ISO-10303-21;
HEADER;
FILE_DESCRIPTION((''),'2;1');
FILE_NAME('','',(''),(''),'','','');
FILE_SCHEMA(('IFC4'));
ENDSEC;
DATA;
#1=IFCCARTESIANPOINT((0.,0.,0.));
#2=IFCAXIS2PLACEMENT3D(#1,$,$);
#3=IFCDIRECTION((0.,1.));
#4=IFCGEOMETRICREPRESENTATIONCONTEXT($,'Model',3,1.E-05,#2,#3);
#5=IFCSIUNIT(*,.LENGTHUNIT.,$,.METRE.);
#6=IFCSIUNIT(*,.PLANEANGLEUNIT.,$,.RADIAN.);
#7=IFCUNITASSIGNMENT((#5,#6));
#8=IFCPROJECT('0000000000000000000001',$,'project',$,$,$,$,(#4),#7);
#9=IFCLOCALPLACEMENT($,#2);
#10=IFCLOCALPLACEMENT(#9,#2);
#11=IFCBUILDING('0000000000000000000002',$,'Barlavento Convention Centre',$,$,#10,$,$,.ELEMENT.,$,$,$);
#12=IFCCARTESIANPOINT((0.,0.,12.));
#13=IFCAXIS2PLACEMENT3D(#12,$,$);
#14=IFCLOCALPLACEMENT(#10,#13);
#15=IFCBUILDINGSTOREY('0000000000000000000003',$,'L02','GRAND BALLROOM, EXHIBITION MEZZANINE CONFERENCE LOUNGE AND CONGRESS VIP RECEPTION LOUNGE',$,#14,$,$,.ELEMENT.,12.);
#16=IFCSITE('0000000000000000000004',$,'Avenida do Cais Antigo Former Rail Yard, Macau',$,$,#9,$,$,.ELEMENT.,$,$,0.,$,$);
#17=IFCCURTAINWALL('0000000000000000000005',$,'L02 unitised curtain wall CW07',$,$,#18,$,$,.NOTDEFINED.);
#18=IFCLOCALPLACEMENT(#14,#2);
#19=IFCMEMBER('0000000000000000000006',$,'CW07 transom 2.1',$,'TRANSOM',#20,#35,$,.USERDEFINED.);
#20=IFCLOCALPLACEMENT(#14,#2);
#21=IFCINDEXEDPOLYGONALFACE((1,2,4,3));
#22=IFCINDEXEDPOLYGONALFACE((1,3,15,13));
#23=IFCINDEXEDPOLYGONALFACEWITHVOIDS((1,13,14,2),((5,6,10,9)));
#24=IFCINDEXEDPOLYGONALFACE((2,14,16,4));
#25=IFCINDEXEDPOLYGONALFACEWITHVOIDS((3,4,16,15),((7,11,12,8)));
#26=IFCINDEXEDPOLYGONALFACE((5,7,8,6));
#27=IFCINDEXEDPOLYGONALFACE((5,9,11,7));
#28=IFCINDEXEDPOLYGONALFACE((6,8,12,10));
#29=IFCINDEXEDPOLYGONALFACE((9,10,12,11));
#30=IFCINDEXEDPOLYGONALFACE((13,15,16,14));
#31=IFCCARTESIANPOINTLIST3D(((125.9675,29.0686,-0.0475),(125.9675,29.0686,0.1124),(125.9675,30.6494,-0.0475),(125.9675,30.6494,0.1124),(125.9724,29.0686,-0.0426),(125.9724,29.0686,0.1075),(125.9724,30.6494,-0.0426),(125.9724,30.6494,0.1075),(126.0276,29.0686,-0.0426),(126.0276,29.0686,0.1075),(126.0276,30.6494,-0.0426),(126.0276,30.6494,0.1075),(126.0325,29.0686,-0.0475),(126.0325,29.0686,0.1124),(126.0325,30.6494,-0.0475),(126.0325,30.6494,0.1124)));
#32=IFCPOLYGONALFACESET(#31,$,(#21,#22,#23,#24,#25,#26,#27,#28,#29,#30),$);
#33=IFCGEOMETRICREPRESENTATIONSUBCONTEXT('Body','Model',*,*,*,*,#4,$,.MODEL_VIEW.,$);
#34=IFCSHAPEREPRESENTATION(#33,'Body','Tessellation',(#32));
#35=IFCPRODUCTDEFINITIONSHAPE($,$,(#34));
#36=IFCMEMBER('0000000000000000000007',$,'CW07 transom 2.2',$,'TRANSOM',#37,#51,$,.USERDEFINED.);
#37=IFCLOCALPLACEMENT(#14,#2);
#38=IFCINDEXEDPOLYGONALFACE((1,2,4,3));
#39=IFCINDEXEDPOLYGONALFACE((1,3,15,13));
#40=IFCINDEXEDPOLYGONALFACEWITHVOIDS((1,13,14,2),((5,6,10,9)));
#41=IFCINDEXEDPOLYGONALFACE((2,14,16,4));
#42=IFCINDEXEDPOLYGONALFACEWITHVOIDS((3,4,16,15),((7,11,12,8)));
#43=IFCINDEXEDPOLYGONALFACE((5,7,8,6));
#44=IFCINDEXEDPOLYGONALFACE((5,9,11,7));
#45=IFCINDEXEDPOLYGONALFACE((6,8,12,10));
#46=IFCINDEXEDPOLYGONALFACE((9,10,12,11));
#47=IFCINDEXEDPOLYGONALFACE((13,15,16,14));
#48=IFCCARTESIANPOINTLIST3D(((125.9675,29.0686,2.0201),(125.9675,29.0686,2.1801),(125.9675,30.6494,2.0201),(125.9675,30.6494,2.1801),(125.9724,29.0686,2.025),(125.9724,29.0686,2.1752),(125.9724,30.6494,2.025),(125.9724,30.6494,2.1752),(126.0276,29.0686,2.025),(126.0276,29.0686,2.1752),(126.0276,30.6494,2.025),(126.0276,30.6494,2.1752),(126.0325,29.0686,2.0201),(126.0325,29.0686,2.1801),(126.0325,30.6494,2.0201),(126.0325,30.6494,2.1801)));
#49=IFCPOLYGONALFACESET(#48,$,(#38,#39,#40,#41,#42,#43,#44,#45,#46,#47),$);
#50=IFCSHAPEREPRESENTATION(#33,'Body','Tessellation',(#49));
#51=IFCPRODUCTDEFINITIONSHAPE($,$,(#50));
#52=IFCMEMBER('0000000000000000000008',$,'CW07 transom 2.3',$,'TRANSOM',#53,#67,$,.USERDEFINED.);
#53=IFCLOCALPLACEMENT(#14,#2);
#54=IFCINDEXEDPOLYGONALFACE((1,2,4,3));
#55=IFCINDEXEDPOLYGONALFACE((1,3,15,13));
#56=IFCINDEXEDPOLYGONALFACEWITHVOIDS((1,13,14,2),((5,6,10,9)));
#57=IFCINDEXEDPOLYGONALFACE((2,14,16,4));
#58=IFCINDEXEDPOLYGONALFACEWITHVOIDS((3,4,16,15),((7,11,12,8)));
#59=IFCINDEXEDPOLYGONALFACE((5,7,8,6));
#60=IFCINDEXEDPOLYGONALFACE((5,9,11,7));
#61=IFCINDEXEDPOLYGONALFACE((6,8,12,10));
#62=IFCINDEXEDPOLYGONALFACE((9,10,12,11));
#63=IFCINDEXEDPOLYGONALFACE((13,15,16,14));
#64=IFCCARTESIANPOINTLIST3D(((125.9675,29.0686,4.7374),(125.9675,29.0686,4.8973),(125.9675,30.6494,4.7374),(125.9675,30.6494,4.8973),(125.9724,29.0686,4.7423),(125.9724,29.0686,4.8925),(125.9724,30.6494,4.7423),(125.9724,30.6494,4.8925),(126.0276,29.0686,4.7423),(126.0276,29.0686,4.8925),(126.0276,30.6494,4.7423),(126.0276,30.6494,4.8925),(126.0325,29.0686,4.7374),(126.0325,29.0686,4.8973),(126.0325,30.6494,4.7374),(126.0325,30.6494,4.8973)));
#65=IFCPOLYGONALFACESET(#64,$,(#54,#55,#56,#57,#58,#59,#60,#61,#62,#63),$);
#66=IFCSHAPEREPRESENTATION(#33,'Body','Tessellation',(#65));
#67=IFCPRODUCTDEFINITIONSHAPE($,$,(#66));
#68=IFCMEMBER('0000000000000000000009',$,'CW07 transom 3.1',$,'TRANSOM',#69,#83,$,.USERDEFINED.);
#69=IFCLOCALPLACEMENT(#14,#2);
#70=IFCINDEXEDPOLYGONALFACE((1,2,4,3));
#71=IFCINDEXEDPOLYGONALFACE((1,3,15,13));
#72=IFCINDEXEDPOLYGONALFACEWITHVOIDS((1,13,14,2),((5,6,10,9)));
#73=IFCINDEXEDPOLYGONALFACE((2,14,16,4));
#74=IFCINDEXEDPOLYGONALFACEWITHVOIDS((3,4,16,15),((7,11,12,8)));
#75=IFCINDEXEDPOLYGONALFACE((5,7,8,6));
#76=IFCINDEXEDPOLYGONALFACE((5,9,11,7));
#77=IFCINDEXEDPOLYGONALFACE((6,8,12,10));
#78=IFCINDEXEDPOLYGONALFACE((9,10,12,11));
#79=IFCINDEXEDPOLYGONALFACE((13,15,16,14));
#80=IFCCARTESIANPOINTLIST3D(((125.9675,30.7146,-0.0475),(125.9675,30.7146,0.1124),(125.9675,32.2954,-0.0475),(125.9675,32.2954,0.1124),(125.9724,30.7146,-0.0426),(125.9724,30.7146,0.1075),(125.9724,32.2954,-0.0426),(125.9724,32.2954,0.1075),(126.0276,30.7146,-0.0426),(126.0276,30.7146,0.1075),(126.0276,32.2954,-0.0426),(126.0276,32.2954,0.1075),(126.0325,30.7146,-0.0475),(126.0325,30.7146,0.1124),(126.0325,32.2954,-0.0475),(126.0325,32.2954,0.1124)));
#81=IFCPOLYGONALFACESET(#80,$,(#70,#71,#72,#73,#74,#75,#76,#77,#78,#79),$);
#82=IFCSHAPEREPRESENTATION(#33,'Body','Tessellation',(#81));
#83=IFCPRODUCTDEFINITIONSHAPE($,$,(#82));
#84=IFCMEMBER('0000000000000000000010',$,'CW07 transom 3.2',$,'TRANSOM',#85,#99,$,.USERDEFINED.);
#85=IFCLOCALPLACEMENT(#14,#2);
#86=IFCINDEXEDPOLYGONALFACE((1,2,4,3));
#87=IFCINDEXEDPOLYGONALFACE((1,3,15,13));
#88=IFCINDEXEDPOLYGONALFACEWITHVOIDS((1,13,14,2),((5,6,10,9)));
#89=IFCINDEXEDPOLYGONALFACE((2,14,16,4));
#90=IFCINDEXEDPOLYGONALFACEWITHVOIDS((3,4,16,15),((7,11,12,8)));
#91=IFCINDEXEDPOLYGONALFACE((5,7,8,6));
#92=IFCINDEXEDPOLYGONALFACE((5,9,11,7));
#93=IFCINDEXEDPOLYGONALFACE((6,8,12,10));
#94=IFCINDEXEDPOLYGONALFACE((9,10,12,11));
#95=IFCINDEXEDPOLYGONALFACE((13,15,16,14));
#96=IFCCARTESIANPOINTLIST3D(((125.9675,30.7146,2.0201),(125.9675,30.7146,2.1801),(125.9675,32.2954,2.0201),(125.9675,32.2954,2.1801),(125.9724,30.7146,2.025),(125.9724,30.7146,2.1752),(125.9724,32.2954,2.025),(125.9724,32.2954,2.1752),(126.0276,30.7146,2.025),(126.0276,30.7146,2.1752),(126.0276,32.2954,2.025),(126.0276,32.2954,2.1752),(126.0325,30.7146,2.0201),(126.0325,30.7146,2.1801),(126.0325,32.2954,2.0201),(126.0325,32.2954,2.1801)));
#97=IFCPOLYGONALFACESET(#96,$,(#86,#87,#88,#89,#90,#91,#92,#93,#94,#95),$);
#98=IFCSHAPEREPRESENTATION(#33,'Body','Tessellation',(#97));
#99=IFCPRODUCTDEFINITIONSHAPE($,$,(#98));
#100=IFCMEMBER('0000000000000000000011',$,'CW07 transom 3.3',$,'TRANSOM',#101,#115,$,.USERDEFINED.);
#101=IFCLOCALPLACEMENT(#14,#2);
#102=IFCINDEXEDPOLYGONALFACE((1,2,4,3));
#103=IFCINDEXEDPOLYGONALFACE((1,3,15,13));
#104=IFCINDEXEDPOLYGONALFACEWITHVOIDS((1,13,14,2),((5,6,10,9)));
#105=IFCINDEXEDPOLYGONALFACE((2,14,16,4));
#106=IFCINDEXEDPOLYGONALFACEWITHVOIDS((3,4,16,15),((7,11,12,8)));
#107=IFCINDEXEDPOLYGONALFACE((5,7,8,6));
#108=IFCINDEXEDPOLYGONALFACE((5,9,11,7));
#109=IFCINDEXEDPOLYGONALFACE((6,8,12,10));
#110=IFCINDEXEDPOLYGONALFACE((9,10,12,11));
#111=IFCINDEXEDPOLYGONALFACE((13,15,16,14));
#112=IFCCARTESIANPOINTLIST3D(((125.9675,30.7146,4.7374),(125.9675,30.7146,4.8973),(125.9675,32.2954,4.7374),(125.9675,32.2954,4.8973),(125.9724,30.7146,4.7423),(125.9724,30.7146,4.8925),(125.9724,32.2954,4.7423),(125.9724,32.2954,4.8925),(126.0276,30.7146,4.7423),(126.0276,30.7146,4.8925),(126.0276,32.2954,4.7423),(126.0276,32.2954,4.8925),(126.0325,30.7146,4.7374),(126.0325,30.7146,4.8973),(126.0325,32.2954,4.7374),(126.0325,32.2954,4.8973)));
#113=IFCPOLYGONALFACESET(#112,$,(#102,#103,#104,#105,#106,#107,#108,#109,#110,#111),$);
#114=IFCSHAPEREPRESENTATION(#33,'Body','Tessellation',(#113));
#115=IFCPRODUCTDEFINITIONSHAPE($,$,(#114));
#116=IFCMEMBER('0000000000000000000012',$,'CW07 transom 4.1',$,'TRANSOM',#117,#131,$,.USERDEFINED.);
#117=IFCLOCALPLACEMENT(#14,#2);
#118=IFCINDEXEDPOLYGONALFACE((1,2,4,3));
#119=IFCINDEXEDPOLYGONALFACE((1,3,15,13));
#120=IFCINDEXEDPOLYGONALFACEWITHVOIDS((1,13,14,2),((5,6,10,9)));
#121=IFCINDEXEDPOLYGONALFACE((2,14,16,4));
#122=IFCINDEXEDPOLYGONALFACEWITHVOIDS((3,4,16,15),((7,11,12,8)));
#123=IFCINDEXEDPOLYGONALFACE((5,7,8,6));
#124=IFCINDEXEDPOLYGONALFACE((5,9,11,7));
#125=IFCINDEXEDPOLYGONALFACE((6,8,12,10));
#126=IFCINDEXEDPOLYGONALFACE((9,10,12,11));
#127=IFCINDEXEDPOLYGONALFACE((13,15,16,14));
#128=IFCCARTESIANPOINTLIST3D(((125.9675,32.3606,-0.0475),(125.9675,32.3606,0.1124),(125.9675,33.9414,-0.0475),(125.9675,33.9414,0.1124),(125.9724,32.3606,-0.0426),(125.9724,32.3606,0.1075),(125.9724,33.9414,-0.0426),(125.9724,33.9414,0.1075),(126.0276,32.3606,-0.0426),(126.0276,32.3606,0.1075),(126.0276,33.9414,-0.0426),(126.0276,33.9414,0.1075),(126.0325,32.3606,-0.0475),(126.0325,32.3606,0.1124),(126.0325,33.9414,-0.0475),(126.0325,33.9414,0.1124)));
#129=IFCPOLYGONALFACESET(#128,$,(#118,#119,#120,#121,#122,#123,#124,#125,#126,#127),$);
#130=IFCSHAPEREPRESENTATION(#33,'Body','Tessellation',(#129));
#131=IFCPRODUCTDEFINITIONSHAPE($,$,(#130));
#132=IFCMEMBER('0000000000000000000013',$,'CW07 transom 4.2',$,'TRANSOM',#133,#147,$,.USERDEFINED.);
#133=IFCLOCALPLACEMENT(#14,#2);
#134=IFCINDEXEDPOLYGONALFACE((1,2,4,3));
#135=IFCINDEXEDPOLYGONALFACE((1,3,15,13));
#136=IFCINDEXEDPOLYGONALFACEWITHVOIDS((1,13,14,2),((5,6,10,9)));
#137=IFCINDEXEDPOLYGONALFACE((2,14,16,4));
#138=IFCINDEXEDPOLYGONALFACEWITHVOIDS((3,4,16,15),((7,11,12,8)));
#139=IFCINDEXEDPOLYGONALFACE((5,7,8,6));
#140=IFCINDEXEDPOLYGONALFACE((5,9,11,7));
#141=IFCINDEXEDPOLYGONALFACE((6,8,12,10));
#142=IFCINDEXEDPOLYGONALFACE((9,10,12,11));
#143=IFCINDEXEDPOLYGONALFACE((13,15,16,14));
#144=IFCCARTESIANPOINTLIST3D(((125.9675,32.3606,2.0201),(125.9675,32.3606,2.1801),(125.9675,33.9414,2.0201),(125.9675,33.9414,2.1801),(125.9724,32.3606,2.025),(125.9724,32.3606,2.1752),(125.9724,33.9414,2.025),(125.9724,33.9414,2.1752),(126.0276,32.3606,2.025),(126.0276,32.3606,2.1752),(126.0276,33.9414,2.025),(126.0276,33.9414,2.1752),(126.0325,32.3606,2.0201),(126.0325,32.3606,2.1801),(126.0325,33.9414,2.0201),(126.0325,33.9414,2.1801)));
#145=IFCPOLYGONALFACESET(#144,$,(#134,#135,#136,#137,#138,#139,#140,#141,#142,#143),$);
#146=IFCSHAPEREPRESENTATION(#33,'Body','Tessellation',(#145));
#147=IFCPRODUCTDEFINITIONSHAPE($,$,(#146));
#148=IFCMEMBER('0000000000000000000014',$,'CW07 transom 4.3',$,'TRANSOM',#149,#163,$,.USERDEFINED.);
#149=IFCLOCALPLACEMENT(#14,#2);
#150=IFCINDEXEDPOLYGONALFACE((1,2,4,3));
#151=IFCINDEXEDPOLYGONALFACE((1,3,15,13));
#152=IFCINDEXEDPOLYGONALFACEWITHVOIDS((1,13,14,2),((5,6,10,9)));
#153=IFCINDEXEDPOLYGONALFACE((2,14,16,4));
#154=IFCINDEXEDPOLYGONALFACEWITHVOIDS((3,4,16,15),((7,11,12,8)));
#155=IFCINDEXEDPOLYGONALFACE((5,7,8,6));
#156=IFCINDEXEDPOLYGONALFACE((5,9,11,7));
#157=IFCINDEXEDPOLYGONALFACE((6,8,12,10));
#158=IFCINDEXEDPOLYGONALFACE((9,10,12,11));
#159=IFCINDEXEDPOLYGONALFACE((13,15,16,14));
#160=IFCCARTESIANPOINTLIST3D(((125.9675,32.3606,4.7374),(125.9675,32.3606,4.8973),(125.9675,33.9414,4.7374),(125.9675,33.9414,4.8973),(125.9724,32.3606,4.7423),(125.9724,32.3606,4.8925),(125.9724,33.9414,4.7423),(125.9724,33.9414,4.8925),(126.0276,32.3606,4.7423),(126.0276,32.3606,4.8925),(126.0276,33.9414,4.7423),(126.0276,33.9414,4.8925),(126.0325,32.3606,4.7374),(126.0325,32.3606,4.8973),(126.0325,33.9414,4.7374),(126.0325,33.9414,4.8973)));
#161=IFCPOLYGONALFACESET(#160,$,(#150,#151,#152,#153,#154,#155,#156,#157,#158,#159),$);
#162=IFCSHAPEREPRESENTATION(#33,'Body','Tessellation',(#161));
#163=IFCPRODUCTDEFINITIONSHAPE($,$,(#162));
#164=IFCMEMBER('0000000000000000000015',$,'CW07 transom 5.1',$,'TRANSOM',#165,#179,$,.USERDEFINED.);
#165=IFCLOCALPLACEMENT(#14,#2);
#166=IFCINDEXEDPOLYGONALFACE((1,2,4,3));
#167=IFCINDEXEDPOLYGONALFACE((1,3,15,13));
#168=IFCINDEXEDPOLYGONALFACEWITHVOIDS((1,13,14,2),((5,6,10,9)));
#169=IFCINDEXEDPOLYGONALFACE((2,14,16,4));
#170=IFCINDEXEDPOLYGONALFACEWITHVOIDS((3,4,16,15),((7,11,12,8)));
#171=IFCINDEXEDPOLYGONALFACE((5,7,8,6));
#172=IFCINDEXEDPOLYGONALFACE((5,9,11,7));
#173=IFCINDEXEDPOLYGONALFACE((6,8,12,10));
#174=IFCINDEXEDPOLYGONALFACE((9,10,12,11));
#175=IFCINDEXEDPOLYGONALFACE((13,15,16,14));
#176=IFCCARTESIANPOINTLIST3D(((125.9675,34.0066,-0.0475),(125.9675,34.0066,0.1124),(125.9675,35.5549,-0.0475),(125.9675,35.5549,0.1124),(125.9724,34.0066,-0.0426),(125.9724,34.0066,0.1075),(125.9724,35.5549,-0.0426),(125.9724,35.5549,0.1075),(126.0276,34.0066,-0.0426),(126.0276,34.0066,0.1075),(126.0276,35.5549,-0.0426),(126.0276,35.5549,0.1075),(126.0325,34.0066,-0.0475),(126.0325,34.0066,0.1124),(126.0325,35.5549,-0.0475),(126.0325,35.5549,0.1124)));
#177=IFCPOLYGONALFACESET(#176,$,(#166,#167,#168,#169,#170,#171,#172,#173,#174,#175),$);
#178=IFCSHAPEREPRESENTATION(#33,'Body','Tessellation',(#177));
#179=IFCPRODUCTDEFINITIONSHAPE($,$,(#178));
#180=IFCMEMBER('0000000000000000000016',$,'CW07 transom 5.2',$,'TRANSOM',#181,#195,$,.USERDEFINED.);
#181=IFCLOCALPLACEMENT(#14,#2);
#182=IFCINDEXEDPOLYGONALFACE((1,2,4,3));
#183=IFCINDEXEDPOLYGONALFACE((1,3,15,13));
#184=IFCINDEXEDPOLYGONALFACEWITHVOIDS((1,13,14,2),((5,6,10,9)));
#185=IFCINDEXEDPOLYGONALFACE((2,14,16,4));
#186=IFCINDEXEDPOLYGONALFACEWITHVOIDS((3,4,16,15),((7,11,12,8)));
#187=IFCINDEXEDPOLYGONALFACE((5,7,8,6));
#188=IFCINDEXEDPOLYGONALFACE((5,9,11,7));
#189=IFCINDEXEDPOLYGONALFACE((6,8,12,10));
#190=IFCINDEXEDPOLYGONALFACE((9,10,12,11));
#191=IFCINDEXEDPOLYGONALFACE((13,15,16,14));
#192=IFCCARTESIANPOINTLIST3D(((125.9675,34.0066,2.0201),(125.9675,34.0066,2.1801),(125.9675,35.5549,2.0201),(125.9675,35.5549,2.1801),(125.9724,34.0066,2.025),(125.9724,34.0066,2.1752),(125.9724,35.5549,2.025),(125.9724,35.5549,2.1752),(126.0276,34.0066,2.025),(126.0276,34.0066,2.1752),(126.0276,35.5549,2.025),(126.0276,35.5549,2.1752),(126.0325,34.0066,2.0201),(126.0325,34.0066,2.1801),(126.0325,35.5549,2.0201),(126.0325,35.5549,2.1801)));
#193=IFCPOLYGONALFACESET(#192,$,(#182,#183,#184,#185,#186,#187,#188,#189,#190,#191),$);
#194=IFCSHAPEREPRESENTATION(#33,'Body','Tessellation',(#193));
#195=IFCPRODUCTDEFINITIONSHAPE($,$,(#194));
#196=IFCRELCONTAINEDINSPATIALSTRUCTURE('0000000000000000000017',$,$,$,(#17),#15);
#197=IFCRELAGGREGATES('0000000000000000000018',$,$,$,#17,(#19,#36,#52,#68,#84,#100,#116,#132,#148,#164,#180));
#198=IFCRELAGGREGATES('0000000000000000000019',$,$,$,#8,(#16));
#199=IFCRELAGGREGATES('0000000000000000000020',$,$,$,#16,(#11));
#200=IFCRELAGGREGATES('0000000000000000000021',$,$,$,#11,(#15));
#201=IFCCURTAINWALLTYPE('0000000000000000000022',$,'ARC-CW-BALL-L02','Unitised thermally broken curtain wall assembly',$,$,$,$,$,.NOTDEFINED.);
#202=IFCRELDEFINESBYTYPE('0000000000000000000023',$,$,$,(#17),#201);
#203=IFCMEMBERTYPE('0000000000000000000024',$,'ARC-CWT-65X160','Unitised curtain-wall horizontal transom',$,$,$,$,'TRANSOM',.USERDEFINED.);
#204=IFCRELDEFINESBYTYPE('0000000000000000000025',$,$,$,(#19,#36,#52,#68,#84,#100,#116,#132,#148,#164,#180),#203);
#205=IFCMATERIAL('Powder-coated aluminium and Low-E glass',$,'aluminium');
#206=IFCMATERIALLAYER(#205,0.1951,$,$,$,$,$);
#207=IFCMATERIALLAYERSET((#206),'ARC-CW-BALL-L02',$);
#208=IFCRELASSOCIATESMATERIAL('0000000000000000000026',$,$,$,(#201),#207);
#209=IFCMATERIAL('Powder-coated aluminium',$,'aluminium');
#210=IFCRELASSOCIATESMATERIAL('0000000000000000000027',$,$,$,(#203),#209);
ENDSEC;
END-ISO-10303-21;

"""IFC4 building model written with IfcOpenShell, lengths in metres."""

from ifc_helpers import new_model, si_unit, direction, frame, origin, origin_2d, place, context, subcontext, project, spatial, hollow_rectangle, extrude, material, layer, layer_set, material_profile, profile_set, type_object, element, aggregate, save


model = new_model("IFC4")

# Units and contexts
model_context = context("Model", 3, precision=1e-05, world=origin(), true_north=direction((0.0, 1.0)))
body_context = subcontext(model_context, "Body", "Model", "MODEL_VIEW")
ifc_project = project(units=[si_unit("LENGTHUNIT", "METRE"), si_unit("PLANEANGLEUNIT", "RADIAN")], contexts=[model_context])

# Site, building, storey
site_placement = place(None, origin())
site = spatial("IfcSite", under=ifc_project, at=site_placement, Name="Avenida do Cais Antigo Former Rail Yard, Macau", CompositionType="ELEMENT", RefElevation=0.0)
building_placement = place(site_placement, origin())
building = spatial("IfcBuilding", under=site, at=building_placement, Name="Barlavento Convention Centre", CompositionType="ELEMENT")
storey_placement = place(building_placement, frame((0.0, 0.0, 12.0)))
storey = spatial("IfcBuildingStorey", under=building, at=storey_placement, Name="L02", Description="GRAND BALLROOM, EXHIBITION MEZZANINE CONFERENCE LOUNGE AND CONGRESS VIP RECEPTION LOUNGE", CompositionType="ELEMENT", Elevation=12.0)

# Curtain wall
ifc_material_1 = material(Name="Powder-coated aluminium and Low-E glass", Category="aluminium")
ifc_layer_1 = layer(ifc_material_1, 0.1951)
ifc_layer_set_1 = layer_set([ifc_layer_1], Name="ARC-CW-BALL-L02")
curtain_wall_type = type_object("IfcCurtainWallType", Name="ARC-CW-BALL-L02", Description="Unitised thermally broken curtain wall assembly", PredefinedType="NOTDEFINED", material=ifc_layer_set_1)
curtain_wall_1_placement = place(storey_placement, origin())
curtain_wall_1 = element("IfcCurtainWall", 1, at=curtain_wall_1_placement, inside=storey, type_object=curtain_wall_type, Name="L02 unitised curtain wall CW07", PredefinedType="NOTDEFINED")
ifc_material_2 = material(Name="Powder-coated aluminium", Category="aluminium")

# Members
ifc_material_profile_1 = material_profile(ifc_material_2, hollow_rectangle(XDim=0.0649, YDim=0.1599, WallThickness=0.0049, at=origin_2d()), Name="AL-TRAN 65x160x5")
ifc_profile_set_1 = profile_set([ifc_material_profile_1], Name="Powder-coated aluminium")
member_type_1 = type_object("IfcMemberType", Name="ARC-CWT-65X160", Description="Unitised curtain-wall horizontal transom", ElementType="TRANSOM", PredefinedType="USERDEFINED", material=ifc_profile_set_1)
member_1_placement = place(storey_placement, frame((126.0, 29.0686, 0.0325), z_axis=(0.0, 1.0, 0.0), x_axis=(-1.0, 0.0, 0.0)))
member_1 = element("IfcMember", 2, at=member_1_placement, type_object=member_type_1, Name="CW07 transom 2.1", ObjectType="TRANSOM", PredefinedType="USERDEFINED", context=body_context, shape_type="SweptSolid", body=[
    extrude(hollow_rectangle(XDim=0.0649, YDim=0.1599, WallThickness=0.0049, at=origin_2d()), origin(), (0.0, 0.0, 1.0), 1.5808),
])
member_2_placement = place(storey_placement, frame((126.0, 29.0686, 2.1001), z_axis=(0.0, 1.0, 0.0), x_axis=(-1.0, 0.0, 0.0)))
member_2 = element("IfcMember", 3, at=member_2_placement, type_object=member_type_1, Name="CW07 transom 2.2", ObjectType="TRANSOM", PredefinedType="USERDEFINED", context=body_context, shape_type="SweptSolid", body=[
    extrude(hollow_rectangle(XDim=0.0649, YDim=0.1599, WallThickness=0.0049, at=origin_2d()), origin(), (0.0, 0.0, 1.0), 1.5808),
])
member_3_placement = place(storey_placement, frame((126.0, 29.0686, 4.8174), z_axis=(0.0, 1.0, 0.0), x_axis=(-1.0, 0.0, 0.0)))
member_3 = element("IfcMember", 4, at=member_3_placement, type_object=member_type_1, Name="CW07 transom 2.3", ObjectType="TRANSOM", PredefinedType="USERDEFINED", context=body_context, shape_type="SweptSolid", body=[
    extrude(hollow_rectangle(XDim=0.0649, YDim=0.1599, WallThickness=0.0049, at=origin_2d()), origin(), (0.0, 0.0, 1.0), 1.5808),
])
member_4_placement = place(storey_placement, frame((126.0, 30.7146, 0.0325), z_axis=(0.0, 1.0, 0.0), x_axis=(-1.0, 0.0, 0.0)))
member_4 = element("IfcMember", 5, at=member_4_placement, type_object=member_type_1, Name="CW07 transom 3.1", ObjectType="TRANSOM", PredefinedType="USERDEFINED", context=body_context, shape_type="SweptSolid", body=[
    extrude(hollow_rectangle(XDim=0.0649, YDim=0.1599, WallThickness=0.0049, at=origin_2d()), origin(), (0.0, 0.0, 1.0), 1.5808),
])
member_5_placement = place(storey_placement, frame((126.0, 30.7146, 2.1001), z_axis=(0.0, 1.0, 0.0), x_axis=(-1.0, 0.0, 0.0)))
member_5 = element("IfcMember", 6, at=member_5_placement, type_object=member_type_1, Name="CW07 transom 3.2", ObjectType="TRANSOM", PredefinedType="USERDEFINED", context=body_context, shape_type="SweptSolid", body=[
    extrude(hollow_rectangle(XDim=0.0649, YDim=0.1599, WallThickness=0.0049, at=origin_2d()), origin(), (0.0, 0.0, 1.0), 1.5808),
])
member_6_placement = place(storey_placement, frame((126.0, 30.7146, 4.8174), z_axis=(0.0, 1.0, 0.0), x_axis=(-1.0, 0.0, 0.0)))
member_6 = element("IfcMember", 7, at=member_6_placement, type_object=member_type_1, Name="CW07 transom 3.3", ObjectType="TRANSOM", PredefinedType="USERDEFINED", context=body_context, shape_type="SweptSolid", body=[
    extrude(hollow_rectangle(XDim=0.0649, YDim=0.1599, WallThickness=0.0049, at=origin_2d()), origin(), (0.0, 0.0, 1.0), 1.5808),
])
member_7_placement = place(storey_placement, frame((126.0, 32.3606, 0.0325), z_axis=(0.0, 1.0, 0.0), x_axis=(-1.0, 0.0, 0.0)))
member_7 = element("IfcMember", 8, at=member_7_placement, type_object=member_type_1, Name="CW07 transom 4.1", ObjectType="TRANSOM", PredefinedType="USERDEFINED", context=body_context, shape_type="SweptSolid", body=[
    extrude(hollow_rectangle(XDim=0.0649, YDim=0.1599, WallThickness=0.0049, at=origin_2d()), origin(), (0.0, 0.0, 1.0), 1.5808),
])
member_8_placement = place(storey_placement, frame((126.0, 32.3606, 2.1001), z_axis=(0.0, 1.0, 0.0), x_axis=(-1.0, 0.0, 0.0)))
member_8 = element("IfcMember", 9, at=member_8_placement, type_object=member_type_1, Name="CW07 transom 4.2", ObjectType="TRANSOM", PredefinedType="USERDEFINED", context=body_context, shape_type="SweptSolid", body=[
    extrude(hollow_rectangle(XDim=0.0649, YDim=0.1599, WallThickness=0.0049, at=origin_2d()), origin(), (0.0, 0.0, 1.0), 1.5808),
])
member_9_placement = place(storey_placement, frame((126.0, 32.3606, 4.8174), z_axis=(0.0, 1.0, 0.0), x_axis=(-1.0, 0.0, 0.0)))
member_9 = element("IfcMember", 10, at=member_9_placement, type_object=member_type_1, Name="CW07 transom 4.3", ObjectType="TRANSOM", PredefinedType="USERDEFINED", context=body_context, shape_type="SweptSolid", body=[
    extrude(hollow_rectangle(XDim=0.0649, YDim=0.1599, WallThickness=0.0049, at=origin_2d()), origin(), (0.0, 0.0, 1.0), 1.5808),
])
member_10_placement = place(storey_placement, frame((126.0, 34.0066, 0.0325), z_axis=(0.0, 1.0, 0.0), x_axis=(-1.0, 0.0, 0.0)))
member_10 = element("IfcMember", 11, at=member_10_placement, type_object=member_type_1, Name="CW07 transom 5.1", ObjectType="TRANSOM", PredefinedType="USERDEFINED", context=body_context, shape_type="SweptSolid", body=[
    extrude(hollow_rectangle(XDim=0.0649, YDim=0.1599, WallThickness=0.0049, at=origin_2d()), origin(), (0.0, 0.0, 1.0), 1.5483),
])
member_11_placement = place(storey_placement, frame((126.0, 34.0066, 2.1001), z_axis=(0.0, 1.0, 0.0), x_axis=(-1.0, 0.0, 0.0)))
member_11 = element("IfcMember", 12, at=member_11_placement, type_object=member_type_1, Name="CW07 transom 5.2", ObjectType="TRANSOM", PredefinedType="USERDEFINED", context=body_context, shape_type="SweptSolid", body=[
    extrude(hollow_rectangle(XDim=0.0649, YDim=0.1599, WallThickness=0.0049, at=origin_2d()), origin(), (0.0, 0.0, 1.0), 1.5483),
])

aggregate(curtain_wall_1, [member_1, member_2, member_3, member_4, member_5, member_6, member_7, member_8, member_9, member_10, member_11])

save(model, "model.ifc")
